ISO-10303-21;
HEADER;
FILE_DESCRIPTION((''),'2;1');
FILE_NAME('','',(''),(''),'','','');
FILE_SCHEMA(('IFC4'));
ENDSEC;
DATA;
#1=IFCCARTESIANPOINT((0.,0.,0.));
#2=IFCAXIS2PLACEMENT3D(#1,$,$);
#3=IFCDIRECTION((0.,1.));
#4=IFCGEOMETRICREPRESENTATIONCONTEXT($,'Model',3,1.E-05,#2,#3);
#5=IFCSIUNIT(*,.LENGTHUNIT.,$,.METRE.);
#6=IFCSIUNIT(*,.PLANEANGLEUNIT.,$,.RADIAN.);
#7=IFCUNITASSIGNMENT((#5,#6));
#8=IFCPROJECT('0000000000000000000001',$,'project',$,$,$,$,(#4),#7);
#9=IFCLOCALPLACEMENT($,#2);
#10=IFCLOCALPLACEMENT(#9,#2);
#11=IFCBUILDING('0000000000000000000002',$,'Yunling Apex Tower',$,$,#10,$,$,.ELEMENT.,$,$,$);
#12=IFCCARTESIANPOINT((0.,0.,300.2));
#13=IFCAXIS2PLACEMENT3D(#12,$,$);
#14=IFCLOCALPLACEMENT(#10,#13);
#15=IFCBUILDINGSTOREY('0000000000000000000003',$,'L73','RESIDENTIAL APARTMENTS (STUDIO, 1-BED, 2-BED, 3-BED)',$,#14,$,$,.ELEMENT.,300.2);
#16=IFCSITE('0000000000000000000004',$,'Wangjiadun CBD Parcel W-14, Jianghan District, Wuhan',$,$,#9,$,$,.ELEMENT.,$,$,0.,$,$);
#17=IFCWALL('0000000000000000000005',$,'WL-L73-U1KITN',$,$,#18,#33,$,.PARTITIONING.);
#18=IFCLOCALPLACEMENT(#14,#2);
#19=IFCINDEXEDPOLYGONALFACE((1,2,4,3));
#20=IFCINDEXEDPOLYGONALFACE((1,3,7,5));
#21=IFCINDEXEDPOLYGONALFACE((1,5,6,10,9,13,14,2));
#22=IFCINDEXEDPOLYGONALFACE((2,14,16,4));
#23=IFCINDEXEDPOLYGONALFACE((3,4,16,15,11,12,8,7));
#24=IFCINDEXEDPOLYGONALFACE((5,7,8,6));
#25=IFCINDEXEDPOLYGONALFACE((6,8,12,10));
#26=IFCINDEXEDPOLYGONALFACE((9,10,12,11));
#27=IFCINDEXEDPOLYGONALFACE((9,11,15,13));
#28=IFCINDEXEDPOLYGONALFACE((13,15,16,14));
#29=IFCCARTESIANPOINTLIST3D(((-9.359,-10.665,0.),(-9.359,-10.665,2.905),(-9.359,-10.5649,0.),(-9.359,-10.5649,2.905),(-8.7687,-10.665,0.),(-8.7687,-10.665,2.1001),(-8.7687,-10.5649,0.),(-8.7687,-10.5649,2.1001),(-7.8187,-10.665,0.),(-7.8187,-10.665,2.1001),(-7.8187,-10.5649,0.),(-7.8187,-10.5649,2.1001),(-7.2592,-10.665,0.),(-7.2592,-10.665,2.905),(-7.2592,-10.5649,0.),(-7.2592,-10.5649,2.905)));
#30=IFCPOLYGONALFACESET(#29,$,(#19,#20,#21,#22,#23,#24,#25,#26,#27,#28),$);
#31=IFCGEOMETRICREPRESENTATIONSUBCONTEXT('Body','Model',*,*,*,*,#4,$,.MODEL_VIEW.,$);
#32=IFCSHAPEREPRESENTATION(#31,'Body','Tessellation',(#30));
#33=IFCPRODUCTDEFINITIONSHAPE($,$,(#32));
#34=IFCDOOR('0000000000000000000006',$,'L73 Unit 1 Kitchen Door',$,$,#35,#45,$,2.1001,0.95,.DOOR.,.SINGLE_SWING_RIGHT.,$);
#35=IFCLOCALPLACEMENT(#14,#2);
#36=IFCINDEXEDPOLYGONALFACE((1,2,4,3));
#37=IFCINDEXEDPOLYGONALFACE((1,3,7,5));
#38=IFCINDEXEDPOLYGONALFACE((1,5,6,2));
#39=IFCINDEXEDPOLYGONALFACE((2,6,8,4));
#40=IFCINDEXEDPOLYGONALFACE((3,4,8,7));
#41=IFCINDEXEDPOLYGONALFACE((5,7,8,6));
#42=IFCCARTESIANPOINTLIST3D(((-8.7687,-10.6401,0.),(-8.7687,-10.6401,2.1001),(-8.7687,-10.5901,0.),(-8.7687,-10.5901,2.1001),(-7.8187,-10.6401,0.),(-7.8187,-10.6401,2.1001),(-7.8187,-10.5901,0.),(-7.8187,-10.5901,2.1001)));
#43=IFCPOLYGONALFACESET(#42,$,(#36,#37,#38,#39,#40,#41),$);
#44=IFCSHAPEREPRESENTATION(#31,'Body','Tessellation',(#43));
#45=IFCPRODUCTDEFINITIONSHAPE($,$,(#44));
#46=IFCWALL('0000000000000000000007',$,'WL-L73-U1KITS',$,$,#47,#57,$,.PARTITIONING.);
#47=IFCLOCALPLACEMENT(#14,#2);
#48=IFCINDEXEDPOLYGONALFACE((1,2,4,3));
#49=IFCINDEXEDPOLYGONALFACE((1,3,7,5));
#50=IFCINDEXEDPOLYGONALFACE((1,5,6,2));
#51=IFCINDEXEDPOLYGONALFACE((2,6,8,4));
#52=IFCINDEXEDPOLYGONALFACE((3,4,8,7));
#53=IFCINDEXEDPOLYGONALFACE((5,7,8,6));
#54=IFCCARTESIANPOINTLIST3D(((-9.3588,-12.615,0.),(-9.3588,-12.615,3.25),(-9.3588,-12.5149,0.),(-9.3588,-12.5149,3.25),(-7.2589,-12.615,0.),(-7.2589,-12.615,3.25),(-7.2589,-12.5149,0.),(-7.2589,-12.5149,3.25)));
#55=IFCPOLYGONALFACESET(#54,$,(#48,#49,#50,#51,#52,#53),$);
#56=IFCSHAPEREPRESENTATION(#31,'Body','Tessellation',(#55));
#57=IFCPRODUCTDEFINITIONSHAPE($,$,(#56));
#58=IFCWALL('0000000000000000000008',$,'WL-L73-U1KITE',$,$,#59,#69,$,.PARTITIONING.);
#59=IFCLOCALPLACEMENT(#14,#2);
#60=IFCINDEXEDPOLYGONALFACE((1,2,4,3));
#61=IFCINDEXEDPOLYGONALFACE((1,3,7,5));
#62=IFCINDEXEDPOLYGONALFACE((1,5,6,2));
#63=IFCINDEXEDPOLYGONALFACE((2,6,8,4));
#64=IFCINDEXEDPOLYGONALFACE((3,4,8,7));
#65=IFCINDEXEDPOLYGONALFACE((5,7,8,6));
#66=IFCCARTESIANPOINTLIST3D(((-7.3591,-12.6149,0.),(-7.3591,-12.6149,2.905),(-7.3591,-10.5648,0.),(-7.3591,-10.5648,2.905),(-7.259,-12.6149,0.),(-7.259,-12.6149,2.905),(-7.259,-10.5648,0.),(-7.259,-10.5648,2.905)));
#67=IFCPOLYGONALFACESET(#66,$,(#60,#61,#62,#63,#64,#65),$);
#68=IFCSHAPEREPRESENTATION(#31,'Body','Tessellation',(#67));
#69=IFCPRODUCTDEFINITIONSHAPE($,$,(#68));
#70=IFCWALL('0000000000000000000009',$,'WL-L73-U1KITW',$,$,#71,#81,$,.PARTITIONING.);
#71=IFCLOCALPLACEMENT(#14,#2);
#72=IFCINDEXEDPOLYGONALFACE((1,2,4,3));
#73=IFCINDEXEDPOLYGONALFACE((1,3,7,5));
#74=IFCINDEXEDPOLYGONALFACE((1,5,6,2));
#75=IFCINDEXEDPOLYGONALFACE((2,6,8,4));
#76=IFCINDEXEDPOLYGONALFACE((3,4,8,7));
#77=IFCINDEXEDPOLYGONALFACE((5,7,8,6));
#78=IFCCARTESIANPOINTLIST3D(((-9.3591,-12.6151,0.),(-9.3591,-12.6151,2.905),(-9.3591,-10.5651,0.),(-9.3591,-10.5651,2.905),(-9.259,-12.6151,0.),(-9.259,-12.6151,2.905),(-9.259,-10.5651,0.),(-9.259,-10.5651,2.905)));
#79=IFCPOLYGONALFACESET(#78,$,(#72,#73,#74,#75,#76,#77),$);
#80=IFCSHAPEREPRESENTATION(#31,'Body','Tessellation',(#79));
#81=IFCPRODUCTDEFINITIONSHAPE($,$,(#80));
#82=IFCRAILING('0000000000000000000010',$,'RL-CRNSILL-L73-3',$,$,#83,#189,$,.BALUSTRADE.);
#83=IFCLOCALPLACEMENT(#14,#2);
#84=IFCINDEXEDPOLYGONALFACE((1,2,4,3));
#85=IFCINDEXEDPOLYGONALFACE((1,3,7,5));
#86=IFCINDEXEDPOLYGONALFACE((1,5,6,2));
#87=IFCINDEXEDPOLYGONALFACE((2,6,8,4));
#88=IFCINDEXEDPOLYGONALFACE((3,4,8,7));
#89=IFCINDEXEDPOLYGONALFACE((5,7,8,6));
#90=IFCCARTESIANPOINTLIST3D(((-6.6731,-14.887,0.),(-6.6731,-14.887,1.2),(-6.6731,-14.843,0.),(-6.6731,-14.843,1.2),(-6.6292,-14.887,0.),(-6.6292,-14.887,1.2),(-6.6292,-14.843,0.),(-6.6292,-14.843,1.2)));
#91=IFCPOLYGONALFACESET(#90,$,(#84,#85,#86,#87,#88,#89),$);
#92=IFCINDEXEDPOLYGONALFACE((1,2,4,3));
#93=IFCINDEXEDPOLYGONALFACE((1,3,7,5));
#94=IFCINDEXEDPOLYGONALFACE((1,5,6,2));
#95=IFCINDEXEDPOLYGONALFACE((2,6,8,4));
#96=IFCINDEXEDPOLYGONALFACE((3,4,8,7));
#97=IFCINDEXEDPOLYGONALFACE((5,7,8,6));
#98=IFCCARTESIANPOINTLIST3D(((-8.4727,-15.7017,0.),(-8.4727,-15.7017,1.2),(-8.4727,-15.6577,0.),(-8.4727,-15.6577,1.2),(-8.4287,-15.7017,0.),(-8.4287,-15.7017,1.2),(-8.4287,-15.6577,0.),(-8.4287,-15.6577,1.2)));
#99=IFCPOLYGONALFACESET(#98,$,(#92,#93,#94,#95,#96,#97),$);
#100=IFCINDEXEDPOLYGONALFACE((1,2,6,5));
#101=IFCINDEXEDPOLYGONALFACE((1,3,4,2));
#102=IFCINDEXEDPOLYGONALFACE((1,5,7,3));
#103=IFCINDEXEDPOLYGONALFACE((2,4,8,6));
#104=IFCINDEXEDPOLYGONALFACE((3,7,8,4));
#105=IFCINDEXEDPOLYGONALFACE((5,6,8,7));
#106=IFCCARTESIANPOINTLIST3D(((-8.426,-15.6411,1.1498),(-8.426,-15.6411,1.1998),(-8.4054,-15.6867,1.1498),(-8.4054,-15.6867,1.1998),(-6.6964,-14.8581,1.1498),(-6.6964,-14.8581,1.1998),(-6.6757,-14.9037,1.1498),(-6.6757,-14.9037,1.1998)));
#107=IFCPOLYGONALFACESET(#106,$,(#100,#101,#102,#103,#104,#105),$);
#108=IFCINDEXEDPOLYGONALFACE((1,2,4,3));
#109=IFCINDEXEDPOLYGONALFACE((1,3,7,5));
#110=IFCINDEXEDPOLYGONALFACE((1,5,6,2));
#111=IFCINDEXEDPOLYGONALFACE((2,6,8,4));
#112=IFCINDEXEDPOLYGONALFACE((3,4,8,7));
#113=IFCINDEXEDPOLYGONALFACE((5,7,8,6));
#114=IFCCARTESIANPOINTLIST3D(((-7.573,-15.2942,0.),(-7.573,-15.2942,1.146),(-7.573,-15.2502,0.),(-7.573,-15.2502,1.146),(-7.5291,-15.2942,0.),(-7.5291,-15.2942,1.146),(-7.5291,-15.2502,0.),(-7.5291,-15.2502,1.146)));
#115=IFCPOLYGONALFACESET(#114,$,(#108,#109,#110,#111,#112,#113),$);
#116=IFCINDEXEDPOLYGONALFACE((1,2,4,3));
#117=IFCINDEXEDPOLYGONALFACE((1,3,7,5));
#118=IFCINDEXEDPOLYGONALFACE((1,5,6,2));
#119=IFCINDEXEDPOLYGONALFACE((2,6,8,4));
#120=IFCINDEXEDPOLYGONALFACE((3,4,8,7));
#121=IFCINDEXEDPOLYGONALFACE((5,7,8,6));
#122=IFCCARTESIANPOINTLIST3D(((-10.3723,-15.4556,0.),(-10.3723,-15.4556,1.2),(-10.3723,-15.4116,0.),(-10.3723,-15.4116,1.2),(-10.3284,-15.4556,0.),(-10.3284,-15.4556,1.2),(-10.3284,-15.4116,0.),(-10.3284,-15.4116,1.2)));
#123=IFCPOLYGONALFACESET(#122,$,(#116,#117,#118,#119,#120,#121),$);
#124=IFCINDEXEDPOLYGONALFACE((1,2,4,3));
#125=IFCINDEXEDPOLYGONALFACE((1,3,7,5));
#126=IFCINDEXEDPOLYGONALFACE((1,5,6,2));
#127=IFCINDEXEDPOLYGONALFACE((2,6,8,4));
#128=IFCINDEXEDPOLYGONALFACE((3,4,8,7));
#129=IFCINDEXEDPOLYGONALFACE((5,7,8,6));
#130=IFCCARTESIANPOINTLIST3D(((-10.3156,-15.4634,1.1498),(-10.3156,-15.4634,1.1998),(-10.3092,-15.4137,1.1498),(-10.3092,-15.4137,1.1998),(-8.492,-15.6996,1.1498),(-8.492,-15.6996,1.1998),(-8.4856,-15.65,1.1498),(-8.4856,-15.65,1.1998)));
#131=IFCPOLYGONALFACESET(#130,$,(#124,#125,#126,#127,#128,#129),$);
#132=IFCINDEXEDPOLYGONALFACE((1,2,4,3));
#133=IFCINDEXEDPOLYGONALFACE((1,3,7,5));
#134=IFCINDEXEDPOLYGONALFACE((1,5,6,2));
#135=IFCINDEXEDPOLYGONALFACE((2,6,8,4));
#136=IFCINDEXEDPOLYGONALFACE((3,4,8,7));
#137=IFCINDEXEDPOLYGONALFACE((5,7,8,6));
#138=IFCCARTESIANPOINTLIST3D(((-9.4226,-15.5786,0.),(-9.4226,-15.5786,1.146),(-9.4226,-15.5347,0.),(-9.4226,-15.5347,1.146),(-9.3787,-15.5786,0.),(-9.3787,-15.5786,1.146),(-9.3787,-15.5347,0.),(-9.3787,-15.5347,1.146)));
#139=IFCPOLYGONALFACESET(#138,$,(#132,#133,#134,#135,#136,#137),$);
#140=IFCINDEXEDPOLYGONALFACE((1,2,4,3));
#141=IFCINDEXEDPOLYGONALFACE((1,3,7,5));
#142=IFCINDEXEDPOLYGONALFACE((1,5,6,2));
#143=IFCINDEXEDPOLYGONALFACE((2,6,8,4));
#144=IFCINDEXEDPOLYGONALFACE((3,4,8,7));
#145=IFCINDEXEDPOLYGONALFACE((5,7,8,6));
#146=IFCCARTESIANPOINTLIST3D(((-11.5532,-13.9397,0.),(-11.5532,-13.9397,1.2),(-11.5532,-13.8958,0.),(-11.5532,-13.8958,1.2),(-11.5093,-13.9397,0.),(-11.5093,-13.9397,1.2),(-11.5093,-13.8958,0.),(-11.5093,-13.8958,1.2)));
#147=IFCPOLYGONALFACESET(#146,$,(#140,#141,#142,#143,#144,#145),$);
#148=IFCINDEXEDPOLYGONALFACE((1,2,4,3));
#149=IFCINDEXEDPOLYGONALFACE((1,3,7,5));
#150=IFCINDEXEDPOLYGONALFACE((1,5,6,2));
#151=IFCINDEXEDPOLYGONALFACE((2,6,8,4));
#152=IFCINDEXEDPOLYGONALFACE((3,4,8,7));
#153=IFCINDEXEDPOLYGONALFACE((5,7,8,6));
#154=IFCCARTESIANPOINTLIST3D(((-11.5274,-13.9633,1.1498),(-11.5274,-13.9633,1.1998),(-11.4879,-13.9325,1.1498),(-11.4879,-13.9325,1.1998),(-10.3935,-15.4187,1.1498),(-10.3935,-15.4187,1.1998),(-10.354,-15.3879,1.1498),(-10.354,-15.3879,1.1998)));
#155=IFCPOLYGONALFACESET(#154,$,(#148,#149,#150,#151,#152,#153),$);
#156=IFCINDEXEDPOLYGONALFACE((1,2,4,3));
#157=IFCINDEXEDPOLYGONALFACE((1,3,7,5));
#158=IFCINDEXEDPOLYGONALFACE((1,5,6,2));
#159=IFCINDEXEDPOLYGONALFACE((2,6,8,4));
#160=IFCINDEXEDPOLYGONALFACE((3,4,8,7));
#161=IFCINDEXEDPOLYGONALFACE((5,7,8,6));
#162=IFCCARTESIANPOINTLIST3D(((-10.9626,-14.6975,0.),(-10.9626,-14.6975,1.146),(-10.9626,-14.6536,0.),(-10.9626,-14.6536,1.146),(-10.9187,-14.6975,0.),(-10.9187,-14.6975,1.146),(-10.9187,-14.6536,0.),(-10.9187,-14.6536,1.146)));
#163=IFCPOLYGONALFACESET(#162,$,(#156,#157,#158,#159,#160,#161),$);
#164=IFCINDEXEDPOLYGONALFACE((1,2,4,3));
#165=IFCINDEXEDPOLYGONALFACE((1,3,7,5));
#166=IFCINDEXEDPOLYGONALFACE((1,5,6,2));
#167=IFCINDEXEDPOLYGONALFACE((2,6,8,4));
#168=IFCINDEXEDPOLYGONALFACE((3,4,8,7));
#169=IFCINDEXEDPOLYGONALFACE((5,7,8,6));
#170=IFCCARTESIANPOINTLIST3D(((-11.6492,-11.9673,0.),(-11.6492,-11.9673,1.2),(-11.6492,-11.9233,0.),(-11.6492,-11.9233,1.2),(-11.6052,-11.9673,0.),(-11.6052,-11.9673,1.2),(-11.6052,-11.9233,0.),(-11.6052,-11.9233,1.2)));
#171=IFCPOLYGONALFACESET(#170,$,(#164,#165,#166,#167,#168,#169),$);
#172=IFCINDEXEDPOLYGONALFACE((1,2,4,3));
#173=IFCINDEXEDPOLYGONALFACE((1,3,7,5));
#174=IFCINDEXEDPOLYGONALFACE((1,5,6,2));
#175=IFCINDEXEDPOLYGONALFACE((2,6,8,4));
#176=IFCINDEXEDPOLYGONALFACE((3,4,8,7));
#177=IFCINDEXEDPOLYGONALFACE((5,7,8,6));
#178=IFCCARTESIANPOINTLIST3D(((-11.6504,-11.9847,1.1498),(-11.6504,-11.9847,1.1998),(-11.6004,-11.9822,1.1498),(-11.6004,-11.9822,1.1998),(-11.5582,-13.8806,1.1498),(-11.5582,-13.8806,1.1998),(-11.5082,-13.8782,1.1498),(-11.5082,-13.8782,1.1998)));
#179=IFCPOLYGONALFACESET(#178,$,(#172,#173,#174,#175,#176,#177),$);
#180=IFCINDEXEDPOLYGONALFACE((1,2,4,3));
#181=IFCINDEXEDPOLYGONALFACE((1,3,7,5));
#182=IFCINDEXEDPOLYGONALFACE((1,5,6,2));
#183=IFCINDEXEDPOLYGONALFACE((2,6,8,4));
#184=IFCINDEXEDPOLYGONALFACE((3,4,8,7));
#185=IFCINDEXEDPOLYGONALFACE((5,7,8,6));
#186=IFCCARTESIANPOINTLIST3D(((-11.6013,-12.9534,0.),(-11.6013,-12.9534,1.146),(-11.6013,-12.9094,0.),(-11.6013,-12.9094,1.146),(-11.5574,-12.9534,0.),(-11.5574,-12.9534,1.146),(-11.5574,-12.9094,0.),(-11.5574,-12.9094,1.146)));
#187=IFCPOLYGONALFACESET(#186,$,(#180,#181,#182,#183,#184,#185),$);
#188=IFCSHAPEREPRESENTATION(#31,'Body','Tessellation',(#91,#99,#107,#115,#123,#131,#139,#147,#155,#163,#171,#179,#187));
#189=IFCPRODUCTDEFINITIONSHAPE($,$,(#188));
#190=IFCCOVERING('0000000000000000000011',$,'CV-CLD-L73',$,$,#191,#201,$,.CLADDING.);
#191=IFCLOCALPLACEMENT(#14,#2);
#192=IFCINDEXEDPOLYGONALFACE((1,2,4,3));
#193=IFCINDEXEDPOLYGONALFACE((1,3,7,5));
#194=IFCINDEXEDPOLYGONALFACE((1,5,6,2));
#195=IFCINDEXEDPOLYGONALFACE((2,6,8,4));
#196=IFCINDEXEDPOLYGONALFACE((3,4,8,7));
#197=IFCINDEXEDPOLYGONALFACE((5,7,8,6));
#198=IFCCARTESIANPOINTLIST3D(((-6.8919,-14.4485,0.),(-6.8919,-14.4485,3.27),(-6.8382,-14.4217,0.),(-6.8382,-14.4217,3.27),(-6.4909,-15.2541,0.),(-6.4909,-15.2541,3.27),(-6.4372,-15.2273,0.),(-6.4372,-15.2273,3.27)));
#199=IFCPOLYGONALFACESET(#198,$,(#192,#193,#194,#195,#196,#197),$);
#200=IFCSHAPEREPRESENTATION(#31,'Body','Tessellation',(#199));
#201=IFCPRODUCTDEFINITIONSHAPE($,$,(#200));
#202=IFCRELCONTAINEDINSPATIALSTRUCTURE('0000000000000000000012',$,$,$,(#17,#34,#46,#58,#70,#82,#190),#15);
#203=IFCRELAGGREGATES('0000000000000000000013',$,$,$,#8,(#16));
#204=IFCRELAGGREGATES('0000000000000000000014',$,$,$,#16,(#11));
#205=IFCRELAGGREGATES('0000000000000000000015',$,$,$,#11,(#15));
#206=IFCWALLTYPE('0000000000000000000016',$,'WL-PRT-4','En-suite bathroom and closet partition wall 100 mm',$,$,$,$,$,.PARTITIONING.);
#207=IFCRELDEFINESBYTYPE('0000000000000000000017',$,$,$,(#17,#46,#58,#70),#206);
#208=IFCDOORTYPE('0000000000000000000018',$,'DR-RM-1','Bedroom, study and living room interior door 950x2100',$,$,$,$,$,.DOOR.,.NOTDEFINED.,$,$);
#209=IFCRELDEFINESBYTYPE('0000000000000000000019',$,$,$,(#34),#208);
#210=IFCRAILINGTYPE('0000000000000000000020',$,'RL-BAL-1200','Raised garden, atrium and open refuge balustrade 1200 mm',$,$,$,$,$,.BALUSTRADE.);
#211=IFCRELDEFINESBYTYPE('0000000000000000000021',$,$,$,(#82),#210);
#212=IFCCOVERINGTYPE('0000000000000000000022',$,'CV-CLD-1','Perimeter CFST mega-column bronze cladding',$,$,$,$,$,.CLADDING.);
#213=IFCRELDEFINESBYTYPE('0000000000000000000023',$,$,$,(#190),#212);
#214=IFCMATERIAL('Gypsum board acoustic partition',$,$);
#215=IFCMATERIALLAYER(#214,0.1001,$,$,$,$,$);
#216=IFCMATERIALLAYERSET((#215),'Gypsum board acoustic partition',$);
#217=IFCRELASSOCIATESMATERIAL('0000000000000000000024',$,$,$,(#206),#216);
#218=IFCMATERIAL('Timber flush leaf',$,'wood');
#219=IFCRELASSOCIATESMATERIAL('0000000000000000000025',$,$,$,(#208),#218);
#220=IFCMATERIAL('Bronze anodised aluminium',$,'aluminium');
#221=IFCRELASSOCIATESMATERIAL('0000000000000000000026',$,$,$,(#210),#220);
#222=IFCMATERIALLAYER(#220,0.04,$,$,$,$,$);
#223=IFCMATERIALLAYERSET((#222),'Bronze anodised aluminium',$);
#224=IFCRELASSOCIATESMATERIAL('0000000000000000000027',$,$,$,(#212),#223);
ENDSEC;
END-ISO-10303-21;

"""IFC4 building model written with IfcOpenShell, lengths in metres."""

from ifc_helpers import new_model, si_unit, direction, frame, frame_2d, origin, origin_2d, place, context, subcontext, project, spatial, rectangle, extrude, source, transform, mapped, material, layer, layer_set, type_object, element, fill, save


model = new_model("IFC4")

# Units and contexts
model_context = context("Model", 3, precision=1e-05, world=origin(), true_north=direction((0.0, 1.0)))
body_context = subcontext(model_context, "Body", "Model", "MODEL_VIEW")
ifc_project = project(units=[si_unit("LENGTHUNIT", "METRE"), si_unit("PLANEANGLEUNIT", "RADIAN")], contexts=[model_context])

# Site, building, storey
site_placement = place(None, origin())
site = spatial("IfcSite", under=ifc_project, at=site_placement, Name="Wangjiadun CBD Parcel W-14, Jianghan District, Wuhan", CompositionType="ELEMENT", RefElevation=0.0)
building_placement = place(site_placement, origin())
building = spatial("IfcBuilding", under=site, at=building_placement, Name="Yunling Apex Tower", CompositionType="ELEMENT")
storey_placement = place(building_placement, frame((0.0, 0.0, 300.2)))
storey = spatial("IfcBuildingStorey", under=building, at=storey_placement, Name="L73", Description="RESIDENTIAL APARTMENTS (STUDIO, 1-BED, 2-BED, 3-BED)", CompositionType="ELEMENT", Elevation=300.2)

# Shared definitions
ifc_material_1 = material(Name="Bronze anodised aluminium", Category="aluminium")

# Shared definitions
ifc_material_2 = material(Name="Gypsum board acoustic partition")

# Shared definitions
ifc_layer_1 = layer(ifc_material_2, 0.1001)
ifc_layer_set_1 = layer_set([ifc_layer_1], Name="Gypsum board acoustic partition")
wall_type_1 = type_object("IfcWallType", Name="WL-PRT-4", Description="En-suite bathroom and closet partition wall 100 mm", PredefinedType="PARTITIONING", material=ifc_layer_set_1)

# Wall, opening, door
wall_1_placement = place(storey_placement, frame((-9.3589, -10.615, 0.0), z_axis=(0.0, 0.0, 1.0), x_axis=(1.0, 0.0, 0.0)))
wall_1 = element("IfcWall", 1, at=wall_1_placement, inside=storey, type_object=wall_type_1, Name="WL-L73-U1KITN", PredefinedType="PARTITIONING", context=body_context, shape_type="SweptSolid", body=[
    extrude(rectangle(XDim=2.0999, YDim=0.1001, at=frame_2d((1.0498, 0.0))), origin(), (0.0, 0.0, 1.0), 2.905),
])
opening_1_placement = place(wall_1_placement, frame((0.5901, 0.0, 0.0)))
opening_1 = element("IfcOpeningElement", 2, at=opening_1_placement, cuts=wall_1, PredefinedType="OPENING", context=body_context, shape_type="SweptSolid", body=[
    extrude(rectangle(XDim=0.95, YDim=2.1001, at=frame_2d((0.4751, 1.05))), frame((0.0, 0.0601, 0.0), z_axis=(0.0, -1.0, 0.0), x_axis=(1.0, 0.0, 0.0)), (0.0, 0.0, 1.0), 0.1201),
])
ifc_material_3 = material(Name="Timber flush leaf", Category="wood")
door_type_1 = type_object("IfcDoorType", Name="DR-RM-1", Description="Bedroom, study and living room interior door 950x2100", OperationType="NOTDEFINED", PredefinedType="DOOR", material=ifc_material_3)
door_1_placement = place(opening_1_placement, origin())
door_1 = element("IfcDoor", 3, at=door_1_placement, inside=storey, type_object=door_type_1, Name="L73 Unit 1 Kitchen Door", OperationType="SINGLE_SWING_RIGHT", OverallHeight=2.1001, OverallWidth=0.95, PredefinedType="DOOR", context=body_context, shape_type="SweptSolid", body=[
    extrude(rectangle(XDim=0.95, YDim=2.1001, at=frame_2d((0.4751, 1.05))), frame((0.0, 0.0249, 0.0), z_axis=(0.0, -1.0, 0.0), x_axis=(1.0, 0.0, 0.0)), (0.0, 0.0, 1.0), 0.05),
])
fill(opening_1, door_1)

# Walls
wall_2_placement = place(storey_placement, frame((-7.259, -12.5649, 0.0), z_axis=(0.0, 0.0, 1.0), x_axis=(-1.0, 0.0, 0.0)))
element("IfcWall", 4, at=wall_2_placement, inside=storey, type_object=wall_type_1, Name="WL-L73-U1KITS", PredefinedType="PARTITIONING", context=body_context, shape_type="SweptSolid", body=[
    extrude(rectangle(XDim=2.0999, YDim=0.1001, at=frame_2d((1.0498, 0.0))), origin(), (0.0, 0.0, 1.0), 3.25),
])
for number, where, z_axis, x_axis, name in (
    (5, (-7.3091, -10.5649, 0.0), (0.0, 0.0, 1.0), (0.0, -1.0, 0.0), "WL-L73-U1KITE"),
    (6, (-9.3091, -12.615, 0.0), (0.0, 0.0, 1.0), (0.0, 1.0, 0.0), "WL-L73-U1KITW"),
):
    element("IfcWall", number, at=place(storey_placement, frame(where, z_axis=z_axis, x_axis=x_axis)), inside=storey, type_object=wall_type_1, Name=name, PredefinedType="PARTITIONING", context=body_context, shape_type="SweptSolid", body=[
        extrude(rectangle(XDim=2.05, YDim=0.1001, at=frame_2d((1.0249, 0.0))), origin(), (0.0, 0.0, 1.0), 2.905),
    ])

# Railing
railing_type = type_object("IfcRailingType", Name="RL-BAL-1200", Description="Raised garden, atrium and open refuge balustrade 1200 mm", PredefinedType="BALUSTRADE", material=ifc_material_1)
railing_placement = place(storey_placement, frame((-6.6511, -14.865, 0.0)))
element("IfcRailing", 7, at=railing_placement, inside=storey, type_object=railing_type, Name="RL-CRNSILL-L73-3", PredefinedType="BALUSTRADE", context=body_context, shape_type="SweptSolid", body=[
    extrude(rectangle(XDim=0.0439, YDim=0.0439, at=origin_2d()), origin(), (0.0, 0.0, 1.0), 1.2),
    extrude(rectangle(XDim=0.0439, YDim=0.0439, at=origin_2d()), frame((-1.7996, -0.8147, 0.0)), (0.0, 0.0, 1.0), 1.2),
    extrude(rectangle(XDim=0.05, YDim=0.05, at=origin_2d()), frame((-0.0349, -0.0159, 1.1748), z_axis=(-0.910992, -0.412424, 0.0), x_axis=(0.412424, -0.910992, 0.0)), (0.0, 0.0, 1.0), 1.8987),
    extrude(rectangle(XDim=0.0439, YDim=0.0439, at=origin_2d()), frame((-0.8999, -0.4072, 0.0)), (0.0, 0.0, 1.0), 1.146),
    extrude(rectangle(XDim=0.0439, YDim=0.0439, at=origin_2d()), frame((-3.6992, -0.5686, 0.0)), (0.0, 0.0, 1.0), 1.2),
    extrude(rectangle(XDim=0.05, YDim=0.05, at=origin_2d()), frame((-1.8376, -0.8098, 1.1748), z_axis=(-0.991713, 0.128473, 0.0), x_axis=(-0.128473, -0.991713, 0.0)), (0.0, 0.0, 1.0), 1.8389),
    extrude(rectangle(XDim=0.0439, YDim=0.0439, at=origin_2d()), frame((-2.7495, -0.6917, 0.0)), (0.0, 0.0, 1.0), 1.146),
    extrude(rectangle(XDim=0.0439, YDim=0.0439, at=origin_2d()), frame((-4.8801, 0.9473, 0.0)), (0.0, 0.0, 1.0), 1.2),
    extrude(rectangle(XDim=0.05, YDim=0.05, at=origin_2d()), frame((-3.7227, -0.5383, 1.1748), z_axis=(-0.614556, 0.788873, 0.0), x_axis=(-0.788873, -0.614556, 0.0)), (0.0, 0.0, 1.0), 1.845),
    extrude(rectangle(XDim=0.0439, YDim=0.0439, at=origin_2d()), frame((-4.2896, 0.1895, 0.0)), (0.0, 0.0, 1.0), 1.146),
    extrude(rectangle(XDim=0.0439, YDim=0.0439, at=origin_2d()), frame((-4.9761, 2.9197, 0.0)), (0.0, 0.0, 1.0), 1.2),
    extrude(rectangle(XDim=0.05, YDim=0.05, at=origin_2d()), frame((-4.8821, 0.9856, 1.1748), z_axis=(-0.048587, 0.998819, 0.0), x_axis=(-0.998819, -0.048587, 0.0)), (0.0, 0.0, 1.0), 1.8982),
    extrude(rectangle(XDim=0.0439, YDim=0.0439, at=origin_2d()), frame((-4.9282, 1.9336, 0.0)), (0.0, 0.0, 1.0), 1.146),
])

# Covering
ifc_layer_2 = layer(ifc_material_1, 0.04)
ifc_layer_set_2 = layer_set([ifc_layer_2], Name="Bronze anodised aluminium")
covering_type = type_object("IfcCoveringType", Name="CV-CLD-1", Description="Perimeter CFST mega-column bronze cladding", PredefinedType="CLADDING", material=ifc_layer_set_2)
shared_shape_1 = source(origin(), body_context, "Body", "SweptSolid", [
    extrude(rectangle(XDim=0.0601, YDim=0.8999, at=origin_2d()), origin(), (0.0, 0.0, 1.0), 3.27),
])
covering_placement = place(storey_placement, frame((-6.6646, -14.8379, 0.0), z_axis=(0.0, 0.0, 1.0), x_axis=(0.895246, 0.445573, 0.0)))
element("IfcCovering", 8, at=covering_placement, inside=storey, type_object=covering_type, Name="CV-CLD-L73", PredefinedType="CLADDING", context=body_context, shape_type="MappedRepresentation", body=[
    mapped(shared_shape_1, transform((0.0, 0.0, 0.0), scale=1.0)),
])

save(model, "model.ifc")
